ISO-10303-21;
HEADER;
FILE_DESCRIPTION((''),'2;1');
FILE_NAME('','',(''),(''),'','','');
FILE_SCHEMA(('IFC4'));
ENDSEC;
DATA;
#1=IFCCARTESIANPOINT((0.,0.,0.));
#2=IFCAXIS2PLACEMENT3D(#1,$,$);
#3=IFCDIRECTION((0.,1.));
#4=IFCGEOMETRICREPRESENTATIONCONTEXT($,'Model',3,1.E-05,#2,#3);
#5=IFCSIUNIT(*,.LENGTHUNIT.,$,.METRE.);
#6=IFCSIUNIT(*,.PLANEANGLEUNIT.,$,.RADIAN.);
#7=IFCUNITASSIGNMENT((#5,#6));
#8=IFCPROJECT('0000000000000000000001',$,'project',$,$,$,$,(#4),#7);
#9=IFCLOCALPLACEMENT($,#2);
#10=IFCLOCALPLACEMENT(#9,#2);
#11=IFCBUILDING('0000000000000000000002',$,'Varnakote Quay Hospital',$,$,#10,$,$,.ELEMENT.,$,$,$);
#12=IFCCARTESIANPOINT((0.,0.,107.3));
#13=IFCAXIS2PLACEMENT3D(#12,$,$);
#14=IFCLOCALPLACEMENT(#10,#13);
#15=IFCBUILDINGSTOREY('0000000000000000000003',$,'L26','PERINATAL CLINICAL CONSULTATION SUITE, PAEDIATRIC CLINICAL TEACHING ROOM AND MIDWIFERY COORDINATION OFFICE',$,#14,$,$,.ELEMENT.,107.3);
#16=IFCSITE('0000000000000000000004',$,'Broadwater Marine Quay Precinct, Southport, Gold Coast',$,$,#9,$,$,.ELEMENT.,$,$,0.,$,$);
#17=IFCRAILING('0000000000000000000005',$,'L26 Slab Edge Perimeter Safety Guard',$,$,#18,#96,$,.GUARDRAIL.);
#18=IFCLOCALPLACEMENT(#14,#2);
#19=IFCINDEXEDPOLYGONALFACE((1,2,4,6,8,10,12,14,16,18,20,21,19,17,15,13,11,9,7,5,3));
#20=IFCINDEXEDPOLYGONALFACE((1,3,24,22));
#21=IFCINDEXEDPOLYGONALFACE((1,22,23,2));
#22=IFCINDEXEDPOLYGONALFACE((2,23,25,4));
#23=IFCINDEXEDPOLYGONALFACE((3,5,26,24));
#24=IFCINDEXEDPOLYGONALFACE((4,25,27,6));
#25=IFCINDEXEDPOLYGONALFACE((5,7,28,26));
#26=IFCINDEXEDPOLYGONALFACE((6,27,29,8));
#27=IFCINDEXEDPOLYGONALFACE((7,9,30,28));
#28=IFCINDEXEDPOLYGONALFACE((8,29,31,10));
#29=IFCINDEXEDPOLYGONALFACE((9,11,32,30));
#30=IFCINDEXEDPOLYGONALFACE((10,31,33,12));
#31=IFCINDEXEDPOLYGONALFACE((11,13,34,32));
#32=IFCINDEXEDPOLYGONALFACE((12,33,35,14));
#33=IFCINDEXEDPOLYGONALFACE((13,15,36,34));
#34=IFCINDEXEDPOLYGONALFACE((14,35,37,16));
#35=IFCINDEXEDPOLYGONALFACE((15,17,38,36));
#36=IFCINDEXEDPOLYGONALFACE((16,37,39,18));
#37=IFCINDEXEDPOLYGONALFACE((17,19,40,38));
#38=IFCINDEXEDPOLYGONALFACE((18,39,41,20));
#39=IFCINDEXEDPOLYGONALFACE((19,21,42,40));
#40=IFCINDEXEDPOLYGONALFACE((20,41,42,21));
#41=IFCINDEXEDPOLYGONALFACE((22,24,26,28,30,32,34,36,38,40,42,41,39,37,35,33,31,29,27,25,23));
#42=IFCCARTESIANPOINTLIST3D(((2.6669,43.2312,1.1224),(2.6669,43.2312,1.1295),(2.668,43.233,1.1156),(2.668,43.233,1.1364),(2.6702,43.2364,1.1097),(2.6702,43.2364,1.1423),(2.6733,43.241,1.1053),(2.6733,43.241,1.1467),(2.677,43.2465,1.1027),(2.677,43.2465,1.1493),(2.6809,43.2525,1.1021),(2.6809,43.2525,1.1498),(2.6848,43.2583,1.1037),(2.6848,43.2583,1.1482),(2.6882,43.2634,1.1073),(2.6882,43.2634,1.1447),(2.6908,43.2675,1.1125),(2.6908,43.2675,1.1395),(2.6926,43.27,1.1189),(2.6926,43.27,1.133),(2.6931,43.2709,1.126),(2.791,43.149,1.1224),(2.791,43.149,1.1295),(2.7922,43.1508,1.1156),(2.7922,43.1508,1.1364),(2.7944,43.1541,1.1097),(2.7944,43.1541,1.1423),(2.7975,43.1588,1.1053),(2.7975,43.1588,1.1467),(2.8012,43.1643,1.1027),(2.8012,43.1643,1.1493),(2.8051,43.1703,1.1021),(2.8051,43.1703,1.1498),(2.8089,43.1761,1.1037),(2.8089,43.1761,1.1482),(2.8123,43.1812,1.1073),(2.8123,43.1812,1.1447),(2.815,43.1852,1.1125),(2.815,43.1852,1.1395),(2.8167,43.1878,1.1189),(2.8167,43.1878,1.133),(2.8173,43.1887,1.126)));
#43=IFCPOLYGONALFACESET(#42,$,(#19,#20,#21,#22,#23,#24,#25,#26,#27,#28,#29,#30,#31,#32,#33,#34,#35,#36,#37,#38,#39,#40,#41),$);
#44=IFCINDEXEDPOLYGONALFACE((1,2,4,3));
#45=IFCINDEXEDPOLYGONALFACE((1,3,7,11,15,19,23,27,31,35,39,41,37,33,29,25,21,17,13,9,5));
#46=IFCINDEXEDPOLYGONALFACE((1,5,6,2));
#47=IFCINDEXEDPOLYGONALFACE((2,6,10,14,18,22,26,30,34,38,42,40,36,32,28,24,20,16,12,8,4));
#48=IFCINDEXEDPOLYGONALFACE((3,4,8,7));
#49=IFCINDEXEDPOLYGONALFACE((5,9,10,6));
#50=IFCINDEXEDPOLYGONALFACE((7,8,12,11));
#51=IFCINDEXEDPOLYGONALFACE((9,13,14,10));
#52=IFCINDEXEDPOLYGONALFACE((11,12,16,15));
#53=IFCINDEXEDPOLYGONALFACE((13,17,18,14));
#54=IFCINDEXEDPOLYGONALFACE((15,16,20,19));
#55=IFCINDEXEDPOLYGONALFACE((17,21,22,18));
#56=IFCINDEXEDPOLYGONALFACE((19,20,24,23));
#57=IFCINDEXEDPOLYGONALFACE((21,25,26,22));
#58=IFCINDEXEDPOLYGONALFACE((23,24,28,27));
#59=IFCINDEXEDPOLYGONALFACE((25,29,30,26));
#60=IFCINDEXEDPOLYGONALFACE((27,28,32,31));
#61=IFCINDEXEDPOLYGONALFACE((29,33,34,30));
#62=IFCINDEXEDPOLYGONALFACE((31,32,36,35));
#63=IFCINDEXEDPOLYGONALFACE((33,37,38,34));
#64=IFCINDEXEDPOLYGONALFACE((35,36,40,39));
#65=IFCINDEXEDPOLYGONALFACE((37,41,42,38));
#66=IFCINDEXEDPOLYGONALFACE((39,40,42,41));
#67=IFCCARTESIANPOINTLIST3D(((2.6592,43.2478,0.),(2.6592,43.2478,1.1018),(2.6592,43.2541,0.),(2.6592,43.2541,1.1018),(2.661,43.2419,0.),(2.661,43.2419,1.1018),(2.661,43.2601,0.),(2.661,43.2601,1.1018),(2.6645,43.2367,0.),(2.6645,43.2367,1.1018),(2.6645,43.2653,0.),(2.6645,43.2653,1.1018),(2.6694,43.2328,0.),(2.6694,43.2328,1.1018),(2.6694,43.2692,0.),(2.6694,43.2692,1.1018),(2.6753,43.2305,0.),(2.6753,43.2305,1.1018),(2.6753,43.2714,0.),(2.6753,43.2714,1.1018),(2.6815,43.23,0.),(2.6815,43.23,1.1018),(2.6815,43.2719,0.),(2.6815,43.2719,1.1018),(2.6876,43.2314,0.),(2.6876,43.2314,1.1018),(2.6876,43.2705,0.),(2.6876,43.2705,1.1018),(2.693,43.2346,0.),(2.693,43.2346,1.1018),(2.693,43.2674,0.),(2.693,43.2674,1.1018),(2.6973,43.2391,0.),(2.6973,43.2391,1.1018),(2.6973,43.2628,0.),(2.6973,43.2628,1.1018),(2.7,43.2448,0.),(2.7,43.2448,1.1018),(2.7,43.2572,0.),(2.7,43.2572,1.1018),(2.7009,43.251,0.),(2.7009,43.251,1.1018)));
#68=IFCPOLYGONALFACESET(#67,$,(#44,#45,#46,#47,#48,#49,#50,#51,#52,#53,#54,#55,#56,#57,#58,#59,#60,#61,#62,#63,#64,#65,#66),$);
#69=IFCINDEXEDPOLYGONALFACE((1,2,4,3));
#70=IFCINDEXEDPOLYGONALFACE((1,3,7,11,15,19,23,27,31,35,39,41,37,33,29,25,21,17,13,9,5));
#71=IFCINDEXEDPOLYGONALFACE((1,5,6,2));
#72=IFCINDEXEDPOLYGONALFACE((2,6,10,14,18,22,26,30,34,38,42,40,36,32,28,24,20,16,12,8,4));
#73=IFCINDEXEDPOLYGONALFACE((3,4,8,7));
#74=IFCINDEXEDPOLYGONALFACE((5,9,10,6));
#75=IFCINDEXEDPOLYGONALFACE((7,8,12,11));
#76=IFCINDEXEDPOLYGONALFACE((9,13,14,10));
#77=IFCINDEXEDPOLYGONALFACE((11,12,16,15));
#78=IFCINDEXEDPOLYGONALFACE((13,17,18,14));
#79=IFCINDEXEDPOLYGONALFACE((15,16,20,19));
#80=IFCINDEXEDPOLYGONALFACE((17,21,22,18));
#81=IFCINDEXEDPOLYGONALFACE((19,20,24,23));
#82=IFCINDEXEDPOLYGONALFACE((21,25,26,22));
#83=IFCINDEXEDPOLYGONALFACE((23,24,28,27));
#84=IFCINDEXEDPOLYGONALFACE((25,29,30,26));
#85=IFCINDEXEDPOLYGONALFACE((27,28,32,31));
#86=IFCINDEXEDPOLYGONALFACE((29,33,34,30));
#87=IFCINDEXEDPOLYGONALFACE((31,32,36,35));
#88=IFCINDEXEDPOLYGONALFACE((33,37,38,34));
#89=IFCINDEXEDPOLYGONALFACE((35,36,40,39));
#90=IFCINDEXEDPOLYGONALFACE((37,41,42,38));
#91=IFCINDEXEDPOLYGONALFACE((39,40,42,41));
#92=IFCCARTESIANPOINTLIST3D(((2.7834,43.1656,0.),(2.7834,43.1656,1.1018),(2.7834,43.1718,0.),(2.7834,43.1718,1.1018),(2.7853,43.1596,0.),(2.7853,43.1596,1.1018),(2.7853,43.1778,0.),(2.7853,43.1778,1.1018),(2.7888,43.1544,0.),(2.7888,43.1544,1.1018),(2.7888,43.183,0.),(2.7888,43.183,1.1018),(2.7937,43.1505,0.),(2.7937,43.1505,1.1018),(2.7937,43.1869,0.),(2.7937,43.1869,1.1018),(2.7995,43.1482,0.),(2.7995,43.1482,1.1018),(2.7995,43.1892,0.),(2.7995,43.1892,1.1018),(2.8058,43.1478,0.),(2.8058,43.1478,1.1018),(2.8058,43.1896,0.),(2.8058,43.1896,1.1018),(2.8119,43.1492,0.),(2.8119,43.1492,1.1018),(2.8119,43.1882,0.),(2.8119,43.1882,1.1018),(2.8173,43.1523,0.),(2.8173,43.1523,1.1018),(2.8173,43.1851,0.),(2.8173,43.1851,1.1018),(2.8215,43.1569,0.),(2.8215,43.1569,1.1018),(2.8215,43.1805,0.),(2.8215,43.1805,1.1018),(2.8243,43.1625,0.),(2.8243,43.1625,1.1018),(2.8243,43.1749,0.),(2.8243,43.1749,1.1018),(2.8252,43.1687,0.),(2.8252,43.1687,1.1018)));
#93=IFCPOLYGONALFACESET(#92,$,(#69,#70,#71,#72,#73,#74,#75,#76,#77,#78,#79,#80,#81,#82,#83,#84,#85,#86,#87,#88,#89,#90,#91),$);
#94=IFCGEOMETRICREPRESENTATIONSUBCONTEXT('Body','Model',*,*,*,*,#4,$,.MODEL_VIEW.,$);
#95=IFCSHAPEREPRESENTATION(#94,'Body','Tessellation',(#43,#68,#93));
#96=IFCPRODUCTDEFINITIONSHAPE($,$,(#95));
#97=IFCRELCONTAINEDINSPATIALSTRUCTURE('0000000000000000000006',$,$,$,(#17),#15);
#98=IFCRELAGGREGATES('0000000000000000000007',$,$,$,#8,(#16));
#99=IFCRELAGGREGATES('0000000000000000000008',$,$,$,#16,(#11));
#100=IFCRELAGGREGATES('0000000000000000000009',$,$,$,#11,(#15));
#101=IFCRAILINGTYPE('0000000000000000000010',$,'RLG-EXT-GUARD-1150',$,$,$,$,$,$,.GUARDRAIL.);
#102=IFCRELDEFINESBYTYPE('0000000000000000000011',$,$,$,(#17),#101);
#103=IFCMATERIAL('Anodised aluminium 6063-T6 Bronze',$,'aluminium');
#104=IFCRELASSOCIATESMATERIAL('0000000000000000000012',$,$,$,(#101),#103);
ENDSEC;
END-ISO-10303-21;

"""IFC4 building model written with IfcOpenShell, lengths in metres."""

from ifc_helpers import new_model, si_unit, direction, frame, origin, origin_2d, place, context, subcontext, project, spatial, circle, extrude, material, type_object, element, save


model = new_model("IFC4")

# Units and contexts
model_context = context("Model", 3, precision=1e-05, world=origin(), true_north=direction((0.0, 1.0)))
body_context = subcontext(model_context, "Body", "Model", "MODEL_VIEW")
ifc_project = project(units=[si_unit("LENGTHUNIT", "METRE"), si_unit("PLANEANGLEUNIT", "RADIAN")], contexts=[model_context])

# Site, building, storey
site_placement = place(None, origin())
site = spatial("IfcSite", under=ifc_project, at=site_placement, Name="Broadwater Marine Quay Precinct, Southport, Gold Coast", CompositionType="ELEMENT", RefElevation=0.0)
building_placement = place(site_placement, origin())
building = spatial("IfcBuilding", under=site, at=building_placement, Name="Varnakote Quay Hospital", CompositionType="ELEMENT")
storey_placement = place(building_placement, frame((0.0, 0.0, 107.3)))
storey = spatial("IfcBuildingStorey", under=building, at=storey_placement, Name="L26", Description="PERINATAL CLINICAL CONSULTATION SUITE, PAEDIATRIC CLINICAL TEACHING ROOM AND MIDWIFERY COORDINATION OFFICE", CompositionType="ELEMENT", Elevation=107.3)

# Railing
ifc_material_1 = material(Name="Anodised aluminium 6063-T6 Bronze", Category="aluminium")
railing_type = type_object("IfcRailingType", Name="RLG-EXT-GUARD-1150", PredefinedType="GUARDRAIL", material=ifc_material_1)
railing_1_placement = place(storey_placement, frame((2.6799, 43.251, 0.0)))
element("IfcRailing", 1, at=railing_1_placement, inside=storey, type_object=railing_type, Name="L26 Slab Edge Perimeter Safety Guard", PredefinedType="GUARDRAIL", context=body_context, shape_type="SweptSolid", body=[
    extrude(circle(Radius=0.0239, at=origin_2d()), frame((0.0, 0.0, 1.126), z_axis=(0.83381, -0.552051, 0.0), x_axis=(0.552051, 0.83381, 0.0)), (0.0, 0.0, 1.0), 0.1489),
    extrude(circle(Radius=0.021, at=origin_2d()), origin(), (0.0, 0.0, 1.0), 1.1018),
    extrude(circle(Radius=0.021, at=origin_2d()), frame((0.1243, -0.0823, 0.0)), (0.0, 0.0, 1.0), 1.1018),
])

save(model, "model.ifc")
